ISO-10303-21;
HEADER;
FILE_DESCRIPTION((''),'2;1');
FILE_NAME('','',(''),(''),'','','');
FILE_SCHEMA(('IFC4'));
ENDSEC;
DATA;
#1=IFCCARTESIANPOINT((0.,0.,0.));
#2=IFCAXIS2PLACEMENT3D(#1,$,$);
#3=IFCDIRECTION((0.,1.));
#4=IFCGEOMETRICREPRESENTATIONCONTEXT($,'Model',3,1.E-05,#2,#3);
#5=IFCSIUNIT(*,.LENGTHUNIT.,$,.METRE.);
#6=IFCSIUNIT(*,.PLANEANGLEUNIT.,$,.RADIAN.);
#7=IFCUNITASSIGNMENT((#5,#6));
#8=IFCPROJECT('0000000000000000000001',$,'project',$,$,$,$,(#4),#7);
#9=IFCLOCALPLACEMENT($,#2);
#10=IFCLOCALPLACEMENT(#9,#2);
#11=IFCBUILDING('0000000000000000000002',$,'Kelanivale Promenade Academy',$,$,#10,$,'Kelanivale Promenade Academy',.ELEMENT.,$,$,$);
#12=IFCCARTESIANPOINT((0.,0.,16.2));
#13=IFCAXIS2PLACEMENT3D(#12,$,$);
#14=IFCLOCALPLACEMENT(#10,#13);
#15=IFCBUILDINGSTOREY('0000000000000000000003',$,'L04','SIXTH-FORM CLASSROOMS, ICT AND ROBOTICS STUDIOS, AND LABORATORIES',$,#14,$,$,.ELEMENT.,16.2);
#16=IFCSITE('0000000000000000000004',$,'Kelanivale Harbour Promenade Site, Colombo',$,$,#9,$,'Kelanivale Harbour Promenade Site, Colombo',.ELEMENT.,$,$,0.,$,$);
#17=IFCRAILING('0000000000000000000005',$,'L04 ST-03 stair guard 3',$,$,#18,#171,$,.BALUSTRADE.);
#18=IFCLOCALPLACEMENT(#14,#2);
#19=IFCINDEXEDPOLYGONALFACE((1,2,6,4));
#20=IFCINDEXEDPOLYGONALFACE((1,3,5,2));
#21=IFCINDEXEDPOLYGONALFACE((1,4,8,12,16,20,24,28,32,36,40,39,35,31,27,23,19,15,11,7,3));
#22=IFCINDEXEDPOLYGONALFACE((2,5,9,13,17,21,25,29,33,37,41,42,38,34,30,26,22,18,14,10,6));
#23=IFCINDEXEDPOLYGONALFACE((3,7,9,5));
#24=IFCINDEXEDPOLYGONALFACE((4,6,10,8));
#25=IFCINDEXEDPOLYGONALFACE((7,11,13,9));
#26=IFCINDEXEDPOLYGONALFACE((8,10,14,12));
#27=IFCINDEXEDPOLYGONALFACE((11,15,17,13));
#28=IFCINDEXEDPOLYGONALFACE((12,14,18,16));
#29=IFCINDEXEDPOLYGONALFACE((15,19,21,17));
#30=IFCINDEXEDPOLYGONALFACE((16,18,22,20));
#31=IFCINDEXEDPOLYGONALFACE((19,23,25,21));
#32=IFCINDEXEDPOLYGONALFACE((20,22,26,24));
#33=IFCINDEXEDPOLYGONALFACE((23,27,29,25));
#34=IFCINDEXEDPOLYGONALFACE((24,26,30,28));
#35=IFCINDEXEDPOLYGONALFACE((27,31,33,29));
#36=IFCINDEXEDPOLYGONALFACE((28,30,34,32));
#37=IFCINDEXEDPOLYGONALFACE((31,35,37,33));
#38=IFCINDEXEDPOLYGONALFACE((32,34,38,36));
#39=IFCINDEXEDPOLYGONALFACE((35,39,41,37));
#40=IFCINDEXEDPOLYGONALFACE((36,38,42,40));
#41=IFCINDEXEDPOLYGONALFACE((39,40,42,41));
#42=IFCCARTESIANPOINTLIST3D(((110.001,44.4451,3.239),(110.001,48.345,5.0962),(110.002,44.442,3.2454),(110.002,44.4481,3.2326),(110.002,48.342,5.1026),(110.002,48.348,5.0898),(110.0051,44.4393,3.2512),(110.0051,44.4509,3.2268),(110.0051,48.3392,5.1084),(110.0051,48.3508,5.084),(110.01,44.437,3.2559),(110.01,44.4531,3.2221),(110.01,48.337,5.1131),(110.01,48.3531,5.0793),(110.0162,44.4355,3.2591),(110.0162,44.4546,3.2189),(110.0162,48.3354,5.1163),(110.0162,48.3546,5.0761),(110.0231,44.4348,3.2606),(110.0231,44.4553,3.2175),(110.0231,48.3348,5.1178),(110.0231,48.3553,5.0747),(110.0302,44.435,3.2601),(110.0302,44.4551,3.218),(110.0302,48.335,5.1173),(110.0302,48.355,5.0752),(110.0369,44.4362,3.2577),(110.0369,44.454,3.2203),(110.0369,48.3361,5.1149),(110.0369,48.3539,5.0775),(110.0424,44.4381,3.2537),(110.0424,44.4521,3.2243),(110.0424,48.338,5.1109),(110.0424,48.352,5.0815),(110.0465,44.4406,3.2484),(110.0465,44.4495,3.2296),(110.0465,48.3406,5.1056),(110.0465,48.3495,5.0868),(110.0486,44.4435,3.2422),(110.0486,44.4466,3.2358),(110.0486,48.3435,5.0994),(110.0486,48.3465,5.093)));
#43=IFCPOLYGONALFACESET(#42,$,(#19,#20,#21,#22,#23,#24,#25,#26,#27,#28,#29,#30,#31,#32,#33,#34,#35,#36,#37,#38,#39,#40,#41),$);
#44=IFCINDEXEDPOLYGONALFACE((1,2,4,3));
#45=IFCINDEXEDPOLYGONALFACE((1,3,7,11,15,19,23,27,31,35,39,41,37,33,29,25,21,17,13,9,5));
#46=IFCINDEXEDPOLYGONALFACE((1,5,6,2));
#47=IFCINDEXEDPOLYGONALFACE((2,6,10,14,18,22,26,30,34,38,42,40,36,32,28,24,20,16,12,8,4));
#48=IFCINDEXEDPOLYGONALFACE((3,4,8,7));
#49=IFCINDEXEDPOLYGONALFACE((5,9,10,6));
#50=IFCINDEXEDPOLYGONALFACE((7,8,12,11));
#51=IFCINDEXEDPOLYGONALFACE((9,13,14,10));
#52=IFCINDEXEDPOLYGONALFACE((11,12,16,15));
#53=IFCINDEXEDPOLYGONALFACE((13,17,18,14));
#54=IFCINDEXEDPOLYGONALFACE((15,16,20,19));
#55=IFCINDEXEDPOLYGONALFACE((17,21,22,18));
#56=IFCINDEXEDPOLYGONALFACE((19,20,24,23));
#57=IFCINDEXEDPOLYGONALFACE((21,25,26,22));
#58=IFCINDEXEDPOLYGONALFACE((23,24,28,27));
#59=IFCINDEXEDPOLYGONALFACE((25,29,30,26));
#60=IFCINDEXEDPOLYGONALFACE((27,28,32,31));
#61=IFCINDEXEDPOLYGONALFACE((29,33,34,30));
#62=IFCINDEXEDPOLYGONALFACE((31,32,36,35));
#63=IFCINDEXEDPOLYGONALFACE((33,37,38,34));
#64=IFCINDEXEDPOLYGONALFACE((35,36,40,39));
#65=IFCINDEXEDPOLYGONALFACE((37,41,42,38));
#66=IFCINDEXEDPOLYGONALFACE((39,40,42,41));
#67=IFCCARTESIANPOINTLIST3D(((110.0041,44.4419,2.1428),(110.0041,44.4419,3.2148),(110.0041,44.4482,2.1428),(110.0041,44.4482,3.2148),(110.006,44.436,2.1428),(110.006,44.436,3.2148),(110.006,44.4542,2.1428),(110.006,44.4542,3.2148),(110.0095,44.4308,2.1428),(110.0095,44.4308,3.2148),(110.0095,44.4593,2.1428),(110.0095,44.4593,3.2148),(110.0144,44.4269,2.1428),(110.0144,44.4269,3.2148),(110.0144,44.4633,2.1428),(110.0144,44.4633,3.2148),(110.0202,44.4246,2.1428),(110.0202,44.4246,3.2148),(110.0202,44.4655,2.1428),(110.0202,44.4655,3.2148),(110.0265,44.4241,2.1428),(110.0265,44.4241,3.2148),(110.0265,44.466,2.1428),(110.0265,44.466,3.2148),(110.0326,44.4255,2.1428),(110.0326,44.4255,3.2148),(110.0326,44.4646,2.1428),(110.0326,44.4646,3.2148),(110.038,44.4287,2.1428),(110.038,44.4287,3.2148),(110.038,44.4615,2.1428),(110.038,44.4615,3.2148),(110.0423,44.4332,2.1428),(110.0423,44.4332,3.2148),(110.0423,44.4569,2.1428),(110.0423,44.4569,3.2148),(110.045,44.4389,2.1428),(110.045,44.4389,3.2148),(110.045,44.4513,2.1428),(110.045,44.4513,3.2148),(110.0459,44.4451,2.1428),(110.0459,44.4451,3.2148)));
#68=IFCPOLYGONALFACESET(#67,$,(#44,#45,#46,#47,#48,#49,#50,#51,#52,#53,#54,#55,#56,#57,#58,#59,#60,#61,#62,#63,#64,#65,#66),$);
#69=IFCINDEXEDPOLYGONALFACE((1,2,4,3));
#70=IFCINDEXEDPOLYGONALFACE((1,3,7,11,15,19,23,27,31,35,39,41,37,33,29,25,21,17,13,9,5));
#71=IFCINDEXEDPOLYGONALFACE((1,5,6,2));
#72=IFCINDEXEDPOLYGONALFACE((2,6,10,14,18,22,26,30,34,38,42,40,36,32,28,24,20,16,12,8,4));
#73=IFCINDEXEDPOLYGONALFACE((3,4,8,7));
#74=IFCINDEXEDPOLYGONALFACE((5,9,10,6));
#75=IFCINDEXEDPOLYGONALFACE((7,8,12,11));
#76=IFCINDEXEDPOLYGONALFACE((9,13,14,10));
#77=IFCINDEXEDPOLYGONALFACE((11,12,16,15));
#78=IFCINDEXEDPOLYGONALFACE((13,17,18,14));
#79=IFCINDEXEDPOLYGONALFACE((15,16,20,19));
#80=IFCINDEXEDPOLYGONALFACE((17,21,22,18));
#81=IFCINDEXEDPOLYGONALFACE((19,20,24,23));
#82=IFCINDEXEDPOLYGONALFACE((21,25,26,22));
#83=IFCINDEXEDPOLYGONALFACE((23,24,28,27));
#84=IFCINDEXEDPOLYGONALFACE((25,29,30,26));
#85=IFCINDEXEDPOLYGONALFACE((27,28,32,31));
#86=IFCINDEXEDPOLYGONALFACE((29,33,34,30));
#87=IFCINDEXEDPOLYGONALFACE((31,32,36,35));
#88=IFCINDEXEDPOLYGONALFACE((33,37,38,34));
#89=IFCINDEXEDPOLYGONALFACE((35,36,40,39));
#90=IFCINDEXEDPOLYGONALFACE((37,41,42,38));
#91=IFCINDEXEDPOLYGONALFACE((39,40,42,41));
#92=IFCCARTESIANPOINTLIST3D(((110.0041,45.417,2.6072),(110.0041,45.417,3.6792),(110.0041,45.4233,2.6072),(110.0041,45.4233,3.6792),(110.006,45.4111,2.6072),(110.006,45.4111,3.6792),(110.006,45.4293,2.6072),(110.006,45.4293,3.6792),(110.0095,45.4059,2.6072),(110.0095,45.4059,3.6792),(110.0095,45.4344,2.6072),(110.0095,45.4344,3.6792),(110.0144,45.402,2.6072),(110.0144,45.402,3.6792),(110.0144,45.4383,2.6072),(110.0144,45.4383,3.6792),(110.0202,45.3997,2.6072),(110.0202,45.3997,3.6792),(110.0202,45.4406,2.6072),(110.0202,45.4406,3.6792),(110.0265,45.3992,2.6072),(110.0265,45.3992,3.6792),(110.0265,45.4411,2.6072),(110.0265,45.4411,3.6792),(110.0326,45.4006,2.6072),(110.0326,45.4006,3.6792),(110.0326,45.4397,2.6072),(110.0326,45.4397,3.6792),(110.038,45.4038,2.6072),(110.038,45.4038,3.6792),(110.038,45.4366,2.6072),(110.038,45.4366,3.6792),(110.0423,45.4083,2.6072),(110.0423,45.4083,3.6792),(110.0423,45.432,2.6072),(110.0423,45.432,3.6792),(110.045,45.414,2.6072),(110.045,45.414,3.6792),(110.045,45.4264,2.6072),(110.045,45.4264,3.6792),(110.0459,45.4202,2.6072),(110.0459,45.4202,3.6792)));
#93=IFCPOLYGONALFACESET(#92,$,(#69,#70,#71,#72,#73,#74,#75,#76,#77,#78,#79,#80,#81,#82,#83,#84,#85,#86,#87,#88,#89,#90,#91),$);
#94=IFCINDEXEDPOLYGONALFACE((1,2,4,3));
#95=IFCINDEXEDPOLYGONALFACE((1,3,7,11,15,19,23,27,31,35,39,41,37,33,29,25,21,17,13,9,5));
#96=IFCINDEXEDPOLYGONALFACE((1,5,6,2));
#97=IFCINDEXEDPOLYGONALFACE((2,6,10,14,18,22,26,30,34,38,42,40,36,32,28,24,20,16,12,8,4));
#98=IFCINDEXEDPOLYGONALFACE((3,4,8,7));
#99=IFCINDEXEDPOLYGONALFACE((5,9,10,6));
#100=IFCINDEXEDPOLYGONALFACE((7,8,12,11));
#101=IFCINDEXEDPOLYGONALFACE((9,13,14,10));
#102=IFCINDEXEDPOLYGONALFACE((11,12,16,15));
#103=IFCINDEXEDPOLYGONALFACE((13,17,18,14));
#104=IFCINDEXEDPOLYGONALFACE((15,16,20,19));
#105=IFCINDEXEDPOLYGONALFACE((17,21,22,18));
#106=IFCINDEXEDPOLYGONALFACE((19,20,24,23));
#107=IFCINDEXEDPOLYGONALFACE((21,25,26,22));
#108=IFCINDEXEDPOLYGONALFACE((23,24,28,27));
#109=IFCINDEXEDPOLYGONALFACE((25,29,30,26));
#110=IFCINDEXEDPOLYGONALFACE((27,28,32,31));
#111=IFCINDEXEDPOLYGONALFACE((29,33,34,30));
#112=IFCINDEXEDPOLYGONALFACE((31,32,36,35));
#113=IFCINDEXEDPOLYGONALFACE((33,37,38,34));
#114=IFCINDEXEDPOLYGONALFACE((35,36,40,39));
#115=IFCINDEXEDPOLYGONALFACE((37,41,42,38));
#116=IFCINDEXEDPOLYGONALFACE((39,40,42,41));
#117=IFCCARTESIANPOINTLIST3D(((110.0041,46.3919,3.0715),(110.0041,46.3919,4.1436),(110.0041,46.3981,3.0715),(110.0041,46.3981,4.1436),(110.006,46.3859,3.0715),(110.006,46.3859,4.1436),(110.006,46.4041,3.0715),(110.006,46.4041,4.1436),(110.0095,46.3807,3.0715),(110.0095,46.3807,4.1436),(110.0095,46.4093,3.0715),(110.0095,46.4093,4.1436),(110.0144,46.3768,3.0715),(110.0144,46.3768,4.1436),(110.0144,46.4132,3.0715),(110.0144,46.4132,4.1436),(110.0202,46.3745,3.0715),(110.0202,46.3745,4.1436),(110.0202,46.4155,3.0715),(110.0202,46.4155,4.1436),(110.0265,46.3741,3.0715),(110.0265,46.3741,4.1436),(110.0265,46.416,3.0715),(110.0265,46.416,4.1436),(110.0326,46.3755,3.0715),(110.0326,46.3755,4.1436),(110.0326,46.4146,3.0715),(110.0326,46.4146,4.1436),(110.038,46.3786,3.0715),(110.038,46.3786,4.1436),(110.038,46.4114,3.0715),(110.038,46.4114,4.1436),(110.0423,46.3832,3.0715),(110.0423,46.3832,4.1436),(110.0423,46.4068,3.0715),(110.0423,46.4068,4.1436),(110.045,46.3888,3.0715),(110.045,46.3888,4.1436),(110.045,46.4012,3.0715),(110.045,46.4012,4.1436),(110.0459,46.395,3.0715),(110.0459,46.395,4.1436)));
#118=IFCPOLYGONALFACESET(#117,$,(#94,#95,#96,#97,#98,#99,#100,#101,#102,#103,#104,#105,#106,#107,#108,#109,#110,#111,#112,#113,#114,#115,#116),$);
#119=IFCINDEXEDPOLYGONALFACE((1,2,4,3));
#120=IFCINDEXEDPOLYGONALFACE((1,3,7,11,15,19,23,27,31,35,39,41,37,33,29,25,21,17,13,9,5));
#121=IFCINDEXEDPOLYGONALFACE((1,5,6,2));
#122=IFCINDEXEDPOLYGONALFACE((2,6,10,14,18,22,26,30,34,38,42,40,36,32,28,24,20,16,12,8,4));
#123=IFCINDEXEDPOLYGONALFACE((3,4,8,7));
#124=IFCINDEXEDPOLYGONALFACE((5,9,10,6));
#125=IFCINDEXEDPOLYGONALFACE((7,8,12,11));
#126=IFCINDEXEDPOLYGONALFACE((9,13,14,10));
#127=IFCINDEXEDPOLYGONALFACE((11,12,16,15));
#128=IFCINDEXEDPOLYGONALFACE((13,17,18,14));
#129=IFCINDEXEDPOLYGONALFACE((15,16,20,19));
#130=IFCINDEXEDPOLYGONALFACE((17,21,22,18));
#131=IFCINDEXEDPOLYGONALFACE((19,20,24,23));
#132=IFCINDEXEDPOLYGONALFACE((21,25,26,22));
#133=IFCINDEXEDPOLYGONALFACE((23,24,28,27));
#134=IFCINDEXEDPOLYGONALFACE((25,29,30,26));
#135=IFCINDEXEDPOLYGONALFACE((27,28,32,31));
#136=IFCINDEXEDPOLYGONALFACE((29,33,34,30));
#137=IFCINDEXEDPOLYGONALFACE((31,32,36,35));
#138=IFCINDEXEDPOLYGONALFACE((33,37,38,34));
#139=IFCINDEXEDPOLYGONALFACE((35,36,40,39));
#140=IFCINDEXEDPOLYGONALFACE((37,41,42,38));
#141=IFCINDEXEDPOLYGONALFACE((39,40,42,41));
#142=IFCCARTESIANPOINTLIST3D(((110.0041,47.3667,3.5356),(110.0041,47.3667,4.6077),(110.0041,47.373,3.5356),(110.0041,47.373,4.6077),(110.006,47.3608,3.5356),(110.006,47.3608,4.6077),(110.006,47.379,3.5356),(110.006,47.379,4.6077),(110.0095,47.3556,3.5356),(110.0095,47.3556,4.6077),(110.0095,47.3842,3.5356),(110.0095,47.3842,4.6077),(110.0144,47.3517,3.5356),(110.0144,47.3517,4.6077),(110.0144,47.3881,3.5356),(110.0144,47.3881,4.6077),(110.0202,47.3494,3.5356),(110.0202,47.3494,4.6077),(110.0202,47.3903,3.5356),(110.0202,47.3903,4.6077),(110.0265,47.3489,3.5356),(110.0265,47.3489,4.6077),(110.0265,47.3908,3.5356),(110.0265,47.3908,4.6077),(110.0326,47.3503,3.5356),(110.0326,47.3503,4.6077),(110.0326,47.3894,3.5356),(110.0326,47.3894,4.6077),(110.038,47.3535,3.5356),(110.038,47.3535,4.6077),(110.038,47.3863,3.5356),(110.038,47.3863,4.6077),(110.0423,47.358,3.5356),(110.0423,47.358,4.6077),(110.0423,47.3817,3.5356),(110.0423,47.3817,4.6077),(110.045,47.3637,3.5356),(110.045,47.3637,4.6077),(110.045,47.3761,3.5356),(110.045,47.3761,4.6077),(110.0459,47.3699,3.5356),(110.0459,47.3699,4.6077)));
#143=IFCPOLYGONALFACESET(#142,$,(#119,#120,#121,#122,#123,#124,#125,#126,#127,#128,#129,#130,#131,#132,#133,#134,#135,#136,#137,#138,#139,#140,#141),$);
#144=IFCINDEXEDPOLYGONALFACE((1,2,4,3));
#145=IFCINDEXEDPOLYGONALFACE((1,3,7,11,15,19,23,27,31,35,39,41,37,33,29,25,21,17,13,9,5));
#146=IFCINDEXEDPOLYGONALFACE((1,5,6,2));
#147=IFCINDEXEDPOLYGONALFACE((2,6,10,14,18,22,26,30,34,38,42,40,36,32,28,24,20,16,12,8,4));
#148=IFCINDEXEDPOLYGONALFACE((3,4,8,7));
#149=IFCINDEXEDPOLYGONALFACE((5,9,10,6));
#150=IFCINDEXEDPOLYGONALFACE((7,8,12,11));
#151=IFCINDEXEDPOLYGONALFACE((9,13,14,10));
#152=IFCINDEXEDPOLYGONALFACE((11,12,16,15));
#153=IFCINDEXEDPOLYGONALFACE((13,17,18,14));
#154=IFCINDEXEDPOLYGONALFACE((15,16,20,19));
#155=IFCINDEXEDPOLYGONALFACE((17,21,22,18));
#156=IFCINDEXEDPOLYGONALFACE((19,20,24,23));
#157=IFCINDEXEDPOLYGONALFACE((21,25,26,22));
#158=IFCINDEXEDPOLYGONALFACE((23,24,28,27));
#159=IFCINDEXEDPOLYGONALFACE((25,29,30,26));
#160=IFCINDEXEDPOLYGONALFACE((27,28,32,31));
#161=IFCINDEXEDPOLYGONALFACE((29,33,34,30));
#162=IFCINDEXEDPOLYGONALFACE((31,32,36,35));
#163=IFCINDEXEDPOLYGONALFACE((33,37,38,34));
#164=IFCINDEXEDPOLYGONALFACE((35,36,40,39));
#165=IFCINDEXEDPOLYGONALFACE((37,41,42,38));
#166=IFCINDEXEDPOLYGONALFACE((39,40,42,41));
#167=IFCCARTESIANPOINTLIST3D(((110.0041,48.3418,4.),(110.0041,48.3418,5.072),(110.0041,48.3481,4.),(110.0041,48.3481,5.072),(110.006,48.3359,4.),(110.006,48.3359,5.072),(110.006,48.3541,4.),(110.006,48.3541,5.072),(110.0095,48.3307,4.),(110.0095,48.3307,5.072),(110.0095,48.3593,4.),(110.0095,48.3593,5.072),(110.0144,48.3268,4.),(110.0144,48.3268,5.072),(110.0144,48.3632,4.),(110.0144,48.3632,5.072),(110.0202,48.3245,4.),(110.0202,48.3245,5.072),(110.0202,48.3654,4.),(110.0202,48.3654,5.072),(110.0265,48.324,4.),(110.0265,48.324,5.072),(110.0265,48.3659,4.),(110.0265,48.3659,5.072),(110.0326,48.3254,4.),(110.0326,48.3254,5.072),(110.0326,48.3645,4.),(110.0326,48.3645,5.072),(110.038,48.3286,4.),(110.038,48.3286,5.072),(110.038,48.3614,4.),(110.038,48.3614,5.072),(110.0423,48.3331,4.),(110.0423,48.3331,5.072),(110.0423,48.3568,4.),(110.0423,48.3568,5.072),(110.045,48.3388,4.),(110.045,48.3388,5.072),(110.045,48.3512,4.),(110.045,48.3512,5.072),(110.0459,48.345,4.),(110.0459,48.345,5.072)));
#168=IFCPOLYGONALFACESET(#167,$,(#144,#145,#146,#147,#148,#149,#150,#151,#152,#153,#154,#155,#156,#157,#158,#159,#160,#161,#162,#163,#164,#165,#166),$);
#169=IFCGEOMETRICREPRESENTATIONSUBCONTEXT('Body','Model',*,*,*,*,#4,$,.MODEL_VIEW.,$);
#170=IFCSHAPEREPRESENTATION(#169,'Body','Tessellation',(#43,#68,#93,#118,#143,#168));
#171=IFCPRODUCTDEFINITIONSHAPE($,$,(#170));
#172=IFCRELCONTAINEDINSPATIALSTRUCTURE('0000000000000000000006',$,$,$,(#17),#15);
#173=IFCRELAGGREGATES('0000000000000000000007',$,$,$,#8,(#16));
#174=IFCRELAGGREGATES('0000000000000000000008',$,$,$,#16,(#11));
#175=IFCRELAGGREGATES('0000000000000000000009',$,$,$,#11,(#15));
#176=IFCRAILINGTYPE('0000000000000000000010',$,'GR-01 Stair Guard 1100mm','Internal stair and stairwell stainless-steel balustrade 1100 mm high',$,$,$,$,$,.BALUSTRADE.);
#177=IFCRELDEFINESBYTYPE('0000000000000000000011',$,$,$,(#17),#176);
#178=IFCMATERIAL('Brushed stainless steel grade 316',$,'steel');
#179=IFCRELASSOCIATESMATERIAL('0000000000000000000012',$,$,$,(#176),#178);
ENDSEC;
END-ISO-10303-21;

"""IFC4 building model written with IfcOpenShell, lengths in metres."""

from ifc_helpers import new_model, si_unit, direction, frame, origin, origin_2d, place, context, subcontext, project, spatial, circle, extrude, material, type_object, element, save


model = new_model("IFC4")

# Units and contexts
model_context = context("Model", 3, precision=1e-05, world=origin(), true_north=direction((0.0, 1.0)))
body_context = subcontext(model_context, "Body", "Model", "MODEL_VIEW")
ifc_project = project(units=[si_unit("LENGTHUNIT", "METRE"), si_unit("PLANEANGLEUNIT", "RADIAN")], contexts=[model_context])

# Site, building, storey
site_placement = place(None, origin())
site = spatial("IfcSite", under=ifc_project, at=site_placement, Name="Kelanivale Harbour Promenade Site, Colombo", LongName="Kelanivale Harbour Promenade Site, Colombo", CompositionType="ELEMENT", RefElevation=0.0)
building_placement = place(site_placement, origin())
building = spatial("IfcBuilding", under=site, at=building_placement, Name="Kelanivale Promenade Academy", LongName="Kelanivale Promenade Academy", CompositionType="ELEMENT")
storey_placement = place(building_placement, frame((0.0, 0.0, 16.2)))
storey = spatial("IfcBuildingStorey", under=building, at=storey_placement, Name="L04", Description="SIXTH-FORM CLASSROOMS, ICT AND ROBOTICS STUDIOS, AND LABORATORIES", CompositionType="ELEMENT", Elevation=16.2)

# Railing
ifc_material_1 = material(Name="Brushed stainless steel grade 316", Category="steel")
railing_type_1 = type_object("IfcRailingType", Name="GR-01 Stair Guard 1100mm", Description="Internal stair and stairwell stainless-steel balustrade 1100 mm high", PredefinedType="BALUSTRADE", material=ifc_material_1)
railing_1_placement = place(storey_placement, frame((110.0249, 44.4451, 2.1428)))
element("IfcRailing", 1, at=railing_1_placement, inside=storey, type_object=railing_type_1, Name="L04 ST-03 stair guard 3", PredefinedType="BALUSTRADE", context=body_context, shape_type="SweptSolid", body=[
    extrude(circle(Radius=0.0239, at=origin_2d()), frame((0.0, 0.0, 1.0962), z_axis=(0.0, 0.902853, 0.429949), x_axis=(-1.0, 0.0, 0.0)), (0.0, 0.0, 1.0), 4.3196),
    extrude(circle(Radius=0.021, at=origin_2d()), origin(), (0.0, 0.0, 1.0), 1.072),
    extrude(circle(Radius=0.021, at=origin_2d()), frame((0.0, 0.9751, 0.4644)), (0.0, 0.0, 1.0), 1.072),
    extrude(circle(Radius=0.021, at=origin_2d()), frame((0.0, 1.95, 0.9287)), (0.0, 0.0, 1.0), 1.072),
    extrude(circle(Radius=0.021, at=origin_2d()), frame((0.0, 2.9248, 1.3928)), (0.0, 0.0, 1.0), 1.072),
    extrude(circle(Radius=0.021, at=origin_2d()), frame((0.0, 3.8999, 1.8572)), (0.0, 0.0, 1.0), 1.072),
])

save(model, "model.ifc")
